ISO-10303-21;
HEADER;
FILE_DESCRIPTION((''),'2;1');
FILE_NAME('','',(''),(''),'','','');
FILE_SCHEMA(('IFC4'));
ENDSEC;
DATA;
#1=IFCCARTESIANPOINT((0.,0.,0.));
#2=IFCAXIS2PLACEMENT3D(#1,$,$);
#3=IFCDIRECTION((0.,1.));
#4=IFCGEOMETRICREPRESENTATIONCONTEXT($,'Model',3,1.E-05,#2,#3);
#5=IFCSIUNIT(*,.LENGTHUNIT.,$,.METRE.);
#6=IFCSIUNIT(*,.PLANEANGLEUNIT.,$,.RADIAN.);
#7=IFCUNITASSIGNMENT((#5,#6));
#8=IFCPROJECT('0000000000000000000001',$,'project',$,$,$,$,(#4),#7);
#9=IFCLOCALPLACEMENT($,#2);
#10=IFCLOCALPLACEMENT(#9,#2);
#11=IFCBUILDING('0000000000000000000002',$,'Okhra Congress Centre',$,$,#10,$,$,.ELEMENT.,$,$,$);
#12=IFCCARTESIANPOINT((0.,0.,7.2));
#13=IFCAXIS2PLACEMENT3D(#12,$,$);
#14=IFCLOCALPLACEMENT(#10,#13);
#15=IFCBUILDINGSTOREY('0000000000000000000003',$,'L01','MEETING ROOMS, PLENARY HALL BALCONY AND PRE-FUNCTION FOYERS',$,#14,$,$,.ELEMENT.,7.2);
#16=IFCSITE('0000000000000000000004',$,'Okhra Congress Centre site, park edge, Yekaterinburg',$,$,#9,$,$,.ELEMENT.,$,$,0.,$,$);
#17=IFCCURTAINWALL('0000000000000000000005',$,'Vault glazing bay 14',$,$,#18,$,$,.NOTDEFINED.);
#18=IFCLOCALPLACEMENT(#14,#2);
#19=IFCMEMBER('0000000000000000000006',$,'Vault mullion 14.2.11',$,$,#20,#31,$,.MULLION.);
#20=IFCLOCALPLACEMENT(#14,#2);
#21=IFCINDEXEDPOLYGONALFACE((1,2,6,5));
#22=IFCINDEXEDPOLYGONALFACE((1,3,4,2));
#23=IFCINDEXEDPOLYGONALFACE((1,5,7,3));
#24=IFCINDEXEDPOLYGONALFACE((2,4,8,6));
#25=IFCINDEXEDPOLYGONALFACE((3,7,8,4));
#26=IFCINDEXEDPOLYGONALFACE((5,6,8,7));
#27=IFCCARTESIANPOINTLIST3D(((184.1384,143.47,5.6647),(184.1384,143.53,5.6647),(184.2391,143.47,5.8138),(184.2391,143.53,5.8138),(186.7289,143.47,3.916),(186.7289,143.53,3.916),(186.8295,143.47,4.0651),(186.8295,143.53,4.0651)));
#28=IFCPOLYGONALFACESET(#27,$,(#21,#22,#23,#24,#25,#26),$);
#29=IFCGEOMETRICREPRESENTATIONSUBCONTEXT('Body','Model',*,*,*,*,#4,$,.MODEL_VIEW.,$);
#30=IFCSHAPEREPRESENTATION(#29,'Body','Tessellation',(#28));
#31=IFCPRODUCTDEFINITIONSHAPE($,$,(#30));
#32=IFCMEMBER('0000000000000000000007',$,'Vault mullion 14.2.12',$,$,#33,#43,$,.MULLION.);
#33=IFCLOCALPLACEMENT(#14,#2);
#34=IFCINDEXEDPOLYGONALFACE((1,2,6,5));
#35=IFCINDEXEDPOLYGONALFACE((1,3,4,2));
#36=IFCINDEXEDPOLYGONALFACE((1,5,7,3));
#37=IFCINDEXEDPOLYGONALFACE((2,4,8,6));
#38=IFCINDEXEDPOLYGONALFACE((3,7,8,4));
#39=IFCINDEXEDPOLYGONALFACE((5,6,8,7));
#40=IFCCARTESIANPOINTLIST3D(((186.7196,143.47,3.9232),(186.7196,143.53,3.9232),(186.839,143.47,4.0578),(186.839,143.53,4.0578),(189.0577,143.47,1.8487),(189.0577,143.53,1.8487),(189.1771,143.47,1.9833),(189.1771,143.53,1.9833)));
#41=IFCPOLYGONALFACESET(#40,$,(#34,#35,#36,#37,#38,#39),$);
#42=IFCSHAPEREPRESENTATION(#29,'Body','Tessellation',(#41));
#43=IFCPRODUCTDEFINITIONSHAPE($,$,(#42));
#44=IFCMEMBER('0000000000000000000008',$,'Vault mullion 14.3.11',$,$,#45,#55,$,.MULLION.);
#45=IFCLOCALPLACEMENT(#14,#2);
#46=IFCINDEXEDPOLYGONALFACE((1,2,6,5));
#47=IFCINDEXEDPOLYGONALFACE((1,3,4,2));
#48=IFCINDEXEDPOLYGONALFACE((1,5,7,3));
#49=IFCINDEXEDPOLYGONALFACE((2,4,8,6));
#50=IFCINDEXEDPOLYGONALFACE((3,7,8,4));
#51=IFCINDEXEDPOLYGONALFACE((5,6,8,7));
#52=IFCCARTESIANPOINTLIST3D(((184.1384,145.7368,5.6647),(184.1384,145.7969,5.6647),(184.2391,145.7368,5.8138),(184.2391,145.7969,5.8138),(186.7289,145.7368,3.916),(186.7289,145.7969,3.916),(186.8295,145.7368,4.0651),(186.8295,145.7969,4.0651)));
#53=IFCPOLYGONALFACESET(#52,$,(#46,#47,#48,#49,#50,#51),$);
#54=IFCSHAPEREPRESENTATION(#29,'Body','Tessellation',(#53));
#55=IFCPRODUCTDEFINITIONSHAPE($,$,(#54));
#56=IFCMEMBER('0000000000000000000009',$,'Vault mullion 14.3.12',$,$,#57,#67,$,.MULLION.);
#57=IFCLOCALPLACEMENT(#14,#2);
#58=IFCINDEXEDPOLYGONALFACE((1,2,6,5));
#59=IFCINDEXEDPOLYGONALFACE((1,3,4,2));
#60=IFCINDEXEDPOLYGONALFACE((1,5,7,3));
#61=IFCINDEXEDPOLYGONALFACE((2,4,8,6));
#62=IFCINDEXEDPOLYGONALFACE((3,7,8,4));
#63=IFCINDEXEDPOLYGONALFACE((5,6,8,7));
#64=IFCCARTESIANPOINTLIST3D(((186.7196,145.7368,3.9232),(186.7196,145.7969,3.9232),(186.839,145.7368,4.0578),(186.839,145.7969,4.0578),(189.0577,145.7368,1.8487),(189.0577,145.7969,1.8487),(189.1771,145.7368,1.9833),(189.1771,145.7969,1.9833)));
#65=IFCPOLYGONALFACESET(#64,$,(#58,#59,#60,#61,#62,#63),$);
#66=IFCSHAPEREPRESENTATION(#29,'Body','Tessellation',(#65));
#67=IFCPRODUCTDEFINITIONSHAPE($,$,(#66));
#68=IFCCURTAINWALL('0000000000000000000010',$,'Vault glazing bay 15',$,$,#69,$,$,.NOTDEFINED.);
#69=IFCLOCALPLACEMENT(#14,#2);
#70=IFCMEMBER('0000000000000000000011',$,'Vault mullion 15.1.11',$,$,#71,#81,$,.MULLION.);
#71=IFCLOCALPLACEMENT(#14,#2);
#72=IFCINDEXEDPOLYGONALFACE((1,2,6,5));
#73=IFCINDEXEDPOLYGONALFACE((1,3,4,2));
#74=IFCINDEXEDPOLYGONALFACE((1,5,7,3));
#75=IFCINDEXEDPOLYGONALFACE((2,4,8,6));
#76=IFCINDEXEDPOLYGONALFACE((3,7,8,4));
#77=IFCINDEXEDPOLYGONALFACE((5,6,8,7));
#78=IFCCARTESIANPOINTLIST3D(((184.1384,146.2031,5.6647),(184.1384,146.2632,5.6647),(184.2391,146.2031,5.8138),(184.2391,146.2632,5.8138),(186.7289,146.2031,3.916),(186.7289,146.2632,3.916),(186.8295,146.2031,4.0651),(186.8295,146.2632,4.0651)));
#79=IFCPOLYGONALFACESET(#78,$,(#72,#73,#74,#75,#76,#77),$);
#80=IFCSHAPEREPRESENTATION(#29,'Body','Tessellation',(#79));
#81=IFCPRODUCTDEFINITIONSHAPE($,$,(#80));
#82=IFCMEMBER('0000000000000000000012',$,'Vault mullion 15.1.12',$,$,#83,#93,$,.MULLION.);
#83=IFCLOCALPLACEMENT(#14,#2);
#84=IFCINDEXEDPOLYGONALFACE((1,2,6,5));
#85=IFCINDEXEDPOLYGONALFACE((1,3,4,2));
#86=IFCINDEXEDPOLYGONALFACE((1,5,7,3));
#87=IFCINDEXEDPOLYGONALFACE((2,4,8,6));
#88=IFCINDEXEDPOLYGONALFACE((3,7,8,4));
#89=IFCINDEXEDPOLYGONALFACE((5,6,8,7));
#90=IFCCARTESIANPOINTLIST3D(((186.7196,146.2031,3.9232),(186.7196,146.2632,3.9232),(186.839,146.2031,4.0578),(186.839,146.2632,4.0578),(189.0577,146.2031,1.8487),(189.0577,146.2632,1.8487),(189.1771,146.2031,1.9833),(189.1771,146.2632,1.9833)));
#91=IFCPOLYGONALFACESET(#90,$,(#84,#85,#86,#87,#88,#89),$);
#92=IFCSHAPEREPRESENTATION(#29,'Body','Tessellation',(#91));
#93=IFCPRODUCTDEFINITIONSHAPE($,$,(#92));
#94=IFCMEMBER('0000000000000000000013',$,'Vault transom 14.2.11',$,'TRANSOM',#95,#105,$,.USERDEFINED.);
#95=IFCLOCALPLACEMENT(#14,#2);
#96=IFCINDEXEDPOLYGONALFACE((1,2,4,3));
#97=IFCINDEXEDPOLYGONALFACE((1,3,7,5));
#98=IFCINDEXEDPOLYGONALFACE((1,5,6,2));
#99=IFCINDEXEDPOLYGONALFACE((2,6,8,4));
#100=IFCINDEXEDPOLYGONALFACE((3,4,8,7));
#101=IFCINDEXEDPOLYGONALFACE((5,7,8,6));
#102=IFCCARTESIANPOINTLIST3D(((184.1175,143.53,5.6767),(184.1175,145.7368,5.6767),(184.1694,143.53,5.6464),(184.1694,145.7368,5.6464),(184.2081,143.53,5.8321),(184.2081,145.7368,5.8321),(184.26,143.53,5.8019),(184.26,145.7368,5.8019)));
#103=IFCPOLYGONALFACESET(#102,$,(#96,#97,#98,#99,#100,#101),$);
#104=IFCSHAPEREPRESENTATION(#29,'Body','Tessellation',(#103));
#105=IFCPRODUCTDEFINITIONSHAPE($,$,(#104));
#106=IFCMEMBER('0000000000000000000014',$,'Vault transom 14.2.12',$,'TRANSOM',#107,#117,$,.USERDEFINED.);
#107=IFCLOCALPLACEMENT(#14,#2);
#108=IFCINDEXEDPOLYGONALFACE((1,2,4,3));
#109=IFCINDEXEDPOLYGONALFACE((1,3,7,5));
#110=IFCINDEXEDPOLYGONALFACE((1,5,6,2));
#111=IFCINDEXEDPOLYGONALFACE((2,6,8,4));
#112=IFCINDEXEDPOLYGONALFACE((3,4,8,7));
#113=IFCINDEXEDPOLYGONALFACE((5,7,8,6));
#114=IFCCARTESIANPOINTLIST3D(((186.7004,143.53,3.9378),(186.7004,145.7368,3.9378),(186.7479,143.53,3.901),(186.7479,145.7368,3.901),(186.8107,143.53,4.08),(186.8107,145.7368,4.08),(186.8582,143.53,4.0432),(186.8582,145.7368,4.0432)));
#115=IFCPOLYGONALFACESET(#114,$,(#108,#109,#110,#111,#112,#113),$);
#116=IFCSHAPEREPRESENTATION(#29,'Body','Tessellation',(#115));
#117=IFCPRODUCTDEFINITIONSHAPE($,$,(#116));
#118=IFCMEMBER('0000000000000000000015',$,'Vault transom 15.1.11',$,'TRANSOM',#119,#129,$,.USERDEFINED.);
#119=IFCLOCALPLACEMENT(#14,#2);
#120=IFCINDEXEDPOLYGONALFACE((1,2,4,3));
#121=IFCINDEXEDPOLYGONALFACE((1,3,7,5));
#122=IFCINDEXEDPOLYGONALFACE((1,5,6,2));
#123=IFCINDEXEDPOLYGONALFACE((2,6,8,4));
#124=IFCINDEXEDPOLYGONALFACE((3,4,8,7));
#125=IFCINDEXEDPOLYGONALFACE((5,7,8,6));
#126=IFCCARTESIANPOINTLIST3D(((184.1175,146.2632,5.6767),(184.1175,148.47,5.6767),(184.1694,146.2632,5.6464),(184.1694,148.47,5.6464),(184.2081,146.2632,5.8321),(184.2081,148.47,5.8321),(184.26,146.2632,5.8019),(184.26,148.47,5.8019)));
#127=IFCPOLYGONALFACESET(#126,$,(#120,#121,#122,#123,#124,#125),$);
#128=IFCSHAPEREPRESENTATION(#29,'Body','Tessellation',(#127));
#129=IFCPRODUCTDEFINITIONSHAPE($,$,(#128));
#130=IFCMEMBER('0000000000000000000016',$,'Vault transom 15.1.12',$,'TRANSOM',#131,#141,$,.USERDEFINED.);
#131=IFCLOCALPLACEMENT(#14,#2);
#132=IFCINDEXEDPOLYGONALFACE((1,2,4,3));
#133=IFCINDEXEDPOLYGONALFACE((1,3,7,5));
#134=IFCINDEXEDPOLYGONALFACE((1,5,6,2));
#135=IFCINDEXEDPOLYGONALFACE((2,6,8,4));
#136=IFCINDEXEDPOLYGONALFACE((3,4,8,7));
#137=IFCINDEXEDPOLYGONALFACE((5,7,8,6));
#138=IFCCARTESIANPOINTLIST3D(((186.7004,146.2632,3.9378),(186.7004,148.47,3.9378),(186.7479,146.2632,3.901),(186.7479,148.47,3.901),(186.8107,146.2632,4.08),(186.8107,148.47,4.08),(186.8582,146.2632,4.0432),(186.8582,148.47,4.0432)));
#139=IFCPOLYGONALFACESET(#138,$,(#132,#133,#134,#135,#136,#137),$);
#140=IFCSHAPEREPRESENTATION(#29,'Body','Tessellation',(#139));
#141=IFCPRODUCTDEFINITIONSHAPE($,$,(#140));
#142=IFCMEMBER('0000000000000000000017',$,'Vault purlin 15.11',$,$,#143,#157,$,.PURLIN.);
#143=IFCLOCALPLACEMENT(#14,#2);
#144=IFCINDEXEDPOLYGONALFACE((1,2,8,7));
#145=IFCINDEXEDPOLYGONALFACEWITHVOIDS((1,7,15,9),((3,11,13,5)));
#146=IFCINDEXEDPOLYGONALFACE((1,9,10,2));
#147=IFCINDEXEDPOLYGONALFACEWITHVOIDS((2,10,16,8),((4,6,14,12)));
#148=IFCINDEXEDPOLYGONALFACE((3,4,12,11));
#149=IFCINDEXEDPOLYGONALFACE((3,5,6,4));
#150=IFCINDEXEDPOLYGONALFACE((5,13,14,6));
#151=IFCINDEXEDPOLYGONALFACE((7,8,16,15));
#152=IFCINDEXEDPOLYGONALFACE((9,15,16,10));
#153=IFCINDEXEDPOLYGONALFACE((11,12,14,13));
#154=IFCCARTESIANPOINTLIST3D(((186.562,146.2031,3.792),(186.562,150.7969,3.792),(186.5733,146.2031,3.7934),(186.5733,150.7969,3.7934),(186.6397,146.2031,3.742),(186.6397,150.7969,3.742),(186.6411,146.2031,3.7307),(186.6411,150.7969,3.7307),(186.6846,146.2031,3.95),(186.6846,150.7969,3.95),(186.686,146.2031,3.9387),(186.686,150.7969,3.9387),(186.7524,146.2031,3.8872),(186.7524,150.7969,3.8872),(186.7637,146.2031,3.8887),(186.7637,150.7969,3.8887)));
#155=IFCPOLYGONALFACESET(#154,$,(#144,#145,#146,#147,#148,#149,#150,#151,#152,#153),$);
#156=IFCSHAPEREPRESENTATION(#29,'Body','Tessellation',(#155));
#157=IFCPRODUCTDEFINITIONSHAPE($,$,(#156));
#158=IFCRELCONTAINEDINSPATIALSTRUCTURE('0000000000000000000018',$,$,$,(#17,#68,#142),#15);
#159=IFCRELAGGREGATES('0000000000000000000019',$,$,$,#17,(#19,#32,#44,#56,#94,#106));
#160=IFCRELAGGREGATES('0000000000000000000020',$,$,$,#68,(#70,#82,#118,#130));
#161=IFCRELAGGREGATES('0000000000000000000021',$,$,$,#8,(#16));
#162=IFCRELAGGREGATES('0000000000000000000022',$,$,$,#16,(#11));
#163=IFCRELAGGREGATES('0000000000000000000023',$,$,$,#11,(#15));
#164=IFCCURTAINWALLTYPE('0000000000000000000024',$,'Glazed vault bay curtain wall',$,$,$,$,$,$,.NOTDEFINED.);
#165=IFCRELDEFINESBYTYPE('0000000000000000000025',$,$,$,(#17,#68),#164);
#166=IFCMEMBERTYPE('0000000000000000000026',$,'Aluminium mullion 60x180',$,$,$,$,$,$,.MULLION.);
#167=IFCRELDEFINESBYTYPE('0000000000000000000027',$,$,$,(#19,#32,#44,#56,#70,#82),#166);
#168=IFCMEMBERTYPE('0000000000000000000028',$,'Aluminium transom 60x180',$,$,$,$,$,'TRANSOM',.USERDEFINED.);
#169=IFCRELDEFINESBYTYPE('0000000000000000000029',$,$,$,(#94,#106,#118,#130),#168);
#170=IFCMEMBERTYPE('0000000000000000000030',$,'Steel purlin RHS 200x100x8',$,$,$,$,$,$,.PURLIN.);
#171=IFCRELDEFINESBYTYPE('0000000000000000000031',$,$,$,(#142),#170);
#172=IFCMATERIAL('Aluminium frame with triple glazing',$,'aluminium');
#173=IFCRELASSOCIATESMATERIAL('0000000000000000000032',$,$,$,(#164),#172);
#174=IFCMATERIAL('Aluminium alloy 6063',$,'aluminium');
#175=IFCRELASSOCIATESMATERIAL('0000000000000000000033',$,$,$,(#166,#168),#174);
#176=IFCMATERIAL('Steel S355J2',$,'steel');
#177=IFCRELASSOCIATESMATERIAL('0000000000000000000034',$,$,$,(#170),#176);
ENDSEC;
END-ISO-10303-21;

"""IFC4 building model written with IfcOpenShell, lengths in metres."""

from ifc_helpers import new_model, si_unit, direction, frame, origin, origin_2d, place, context, subcontext, project, spatial, rectangle, hollow_rectangle, extrude, material, material_profile, profile_set, type_object, element, aggregate, save


model = new_model("IFC4")

# Units and contexts
model_context = context("Model", 3, precision=1e-05, world=origin(), true_north=direction((0.0, 1.0)))
body_context = subcontext(model_context, "Body", "Model", "MODEL_VIEW")
ifc_project = project(units=[si_unit("LENGTHUNIT", "METRE"), si_unit("PLANEANGLEUNIT", "RADIAN")], contexts=[model_context])

# Site, building, storey
site_placement = place(None, origin())
site = spatial("IfcSite", under=ifc_project, at=site_placement, Name="Okhra Congress Centre site, park edge, Yekaterinburg", CompositionType="ELEMENT", RefElevation=0.0)
building_placement = place(site_placement, origin())
building = spatial("IfcBuilding", under=site, at=building_placement, Name="Okhra Congress Centre", CompositionType="ELEMENT")
storey_placement = place(building_placement, frame((0.0, 0.0, 7.2)))
storey = spatial("IfcBuildingStorey", under=building, at=storey_placement, Name="L01", Description="MEETING ROOMS, PLENARY HALL BALCONY AND PRE-FUNCTION FOYERS", CompositionType="ELEMENT", Elevation=7.2)

# Curtain walls, members
ifc_material_1 = material(Name="Aluminium frame with triple glazing", Category="aluminium")
curtain_wall_type = type_object("IfcCurtainWallType", Name="Glazed vault bay curtain wall", PredefinedType="NOTDEFINED", material=ifc_material_1)
curtain_wall_1_placement = place(storey_placement, origin())
curtain_wall_1 = element("IfcCurtainWall", 1, at=curtain_wall_1_placement, inside=storey, type_object=curtain_wall_type, Name="Vault glazing bay 14", PredefinedType="NOTDEFINED")
ifc_material_2 = material(Name="Aluminium alloy 6063", Category="aluminium")
ifc_material_profile_1 = material_profile(ifc_material_2, rectangle(XDim=0.0601, YDim=0.1799, at=origin_2d()), Name="AL 60x180")
ifc_profile_set_1 = profile_set([ifc_material_profile_1], Name="Aluminium alloy 6063")
member_type_1 = type_object("IfcMemberType", Name="Aluminium mullion 60x180", PredefinedType="MULLION", material=ifc_profile_set_1)
member_1_placement = place(storey_placement, frame((184.1887, 143.5, 5.7393), z_axis=(0.828828, 0.0, -0.559504), x_axis=(0.0, 1.0, 0.0)))
member_1 = element("IfcMember", 2, at=member_1_placement, type_object=member_type_1, Name="Vault mullion 14.2.11", PredefinedType="MULLION", context=body_context, shape_type="SweptSolid", body=[
    extrude(rectangle(XDim=0.0601, YDim=0.1799, at=origin_2d()), origin(), (0.0, 0.0, 1.0), 3.1255),
])
member_2_placement = place(storey_placement, frame((186.7793, 143.5, 3.9905), z_axis=(0.748025, 0.0, -0.66367), x_axis=(0.0, 1.0, 0.0)))
member_2 = element("IfcMember", 3, at=member_2_placement, type_object=member_type_1, Name="Vault mullion 14.2.12", PredefinedType="MULLION", context=body_context, shape_type="SweptSolid", body=[
    extrude(rectangle(XDim=0.0601, YDim=0.1799, at=origin_2d()), origin(), (0.0, 0.0, 1.0), 3.1257),
])
member_3_placement = place(storey_placement, frame((184.1887, 145.7668, 5.7393), z_axis=(0.828828, 0.0, -0.559504), x_axis=(0.0, 1.0, 0.0)))
member_3 = element("IfcMember", 4, at=member_3_placement, type_object=member_type_1, Name="Vault mullion 14.3.11", PredefinedType="MULLION", context=body_context, shape_type="SweptSolid", body=[
    extrude(rectangle(XDim=0.0601, YDim=0.1799, at=origin_2d()), origin(), (0.0, 0.0, 1.0), 3.1255),
])
member_4_placement = place(storey_placement, frame((186.7793, 145.7668, 3.9905), z_axis=(0.748025, 0.0, -0.66367), x_axis=(0.0, 1.0, 0.0)))
member_4 = element("IfcMember", 5, at=member_4_placement, type_object=member_type_1, Name="Vault mullion 14.3.12", PredefinedType="MULLION", context=body_context, shape_type="SweptSolid", body=[
    extrude(rectangle(XDim=0.0601, YDim=0.1799, at=origin_2d()), origin(), (0.0, 0.0, 1.0), 3.1257),
])
curtain_wall_2_placement = place(storey_placement, origin())
curtain_wall_2 = element("IfcCurtainWall", 6, at=curtain_wall_2_placement, inside=storey, type_object=curtain_wall_type, Name="Vault glazing bay 15", PredefinedType="NOTDEFINED")
member_5_placement = place(storey_placement, frame((184.1887, 146.2332, 5.7393), z_axis=(0.828828, 0.0, -0.559504), x_axis=(0.0, 1.0, 0.0)))
member_5 = element("IfcMember", 7, at=member_5_placement, type_object=member_type_1, Name="Vault mullion 15.1.11", PredefinedType="MULLION", context=body_context, shape_type="SweptSolid", body=[
    extrude(rectangle(XDim=0.0601, YDim=0.1799, at=origin_2d()), origin(), (0.0, 0.0, 1.0), 3.1255),
])
member_6_placement = place(storey_placement, frame((186.7793, 146.2332, 3.9905), z_axis=(0.748025, 0.0, -0.66367), x_axis=(0.0, 1.0, 0.0)))
member_6 = element("IfcMember", 8, at=member_6_placement, type_object=member_type_1, Name="Vault mullion 15.1.12", PredefinedType="MULLION", context=body_context, shape_type="SweptSolid", body=[
    extrude(rectangle(XDim=0.0601, YDim=0.1799, at=origin_2d()), origin(), (0.0, 0.0, 1.0), 3.1257),
])

# Members
ifc_material_profile_2 = material_profile(ifc_material_2, rectangle(XDim=0.0601, YDim=0.1799, at=origin_2d()), Name="AL 60x180 transom")
ifc_profile_set_2 = profile_set([ifc_material_profile_2], Name="Aluminium alloy 6063")
member_type_2 = type_object("IfcMemberType", Name="Aluminium transom 60x180", ElementType="TRANSOM", PredefinedType="USERDEFINED", material=ifc_profile_set_2)
member_7_placement = place(storey_placement, frame((184.1887, 143.53, 5.7393), z_axis=(0.0, 1.0, 0.0), x_axis=(-0.863917, 0.0, 0.503634)))
member_7 = element("IfcMember", 9, at=member_7_placement, type_object=member_type_2, Name="Vault transom 14.2.11", ObjectType="TRANSOM", PredefinedType="USERDEFINED", context=body_context, shape_type="SweptSolid", body=[
    extrude(rectangle(XDim=0.0601, YDim=0.1799, at=origin_2d()), origin(), (0.0, 0.0, 1.0), 2.2068),
])
member_8_placement = place(storey_placement, frame((186.7793, 143.53, 3.9905), z_axis=(0.0, 1.0, 0.0), x_axis=(-0.790145, 0.0, 0.61292)))
member_8 = element("IfcMember", 10, at=member_8_placement, type_object=member_type_2, Name="Vault transom 14.2.12", ObjectType="TRANSOM", PredefinedType="USERDEFINED", context=body_context, shape_type="SweptSolid", body=[
    extrude(rectangle(XDim=0.0601, YDim=0.1799, at=origin_2d()), origin(), (0.0, 0.0, 1.0), 2.2068),
])
member_9_placement = place(storey_placement, frame((184.1887, 146.2632, 5.7393), z_axis=(0.0, 1.0, 0.0), x_axis=(-0.863917, 0.0, 0.503634)))
member_9 = element("IfcMember", 11, at=member_9_placement, type_object=member_type_2, Name="Vault transom 15.1.11", ObjectType="TRANSOM", PredefinedType="USERDEFINED", context=body_context, shape_type="SweptSolid", body=[
    extrude(rectangle(XDim=0.0601, YDim=0.1799, at=origin_2d()), origin(), (0.0, 0.0, 1.0), 2.2068),
])
member_10_placement = place(storey_placement, frame((186.7793, 146.2632, 3.9905), z_axis=(0.0, 1.0, 0.0), x_axis=(-0.790145, 0.0, 0.61292)))
member_10 = element("IfcMember", 12, at=member_10_placement, type_object=member_type_2, Name="Vault transom 15.1.12", ObjectType="TRANSOM", PredefinedType="USERDEFINED", context=body_context, shape_type="SweptSolid", body=[
    extrude(rectangle(XDim=0.0601, YDim=0.1799, at=origin_2d()), origin(), (0.0, 0.0, 1.0), 2.2068),
])

# Member
ifc_material_3 = material(Name="Steel S355J2", Category="steel")
ifc_material_profile_3 = material_profile(ifc_material_3, hollow_rectangle(XDim=0.1001, YDim=0.2, WallThickness=0.0081, at=origin_2d()), Name="RHS 200x100x8")
ifc_profile_set_3 = profile_set([ifc_material_profile_3], Name="Steel S355J2")
member_type_3 = type_object("IfcMemberType", Name="Steel purlin RHS 200x100x8", PredefinedType="PURLIN", material=ifc_profile_set_3)
member_11_placement = place(storey_placement, frame((186.6628, 146.2031, 3.8403), z_axis=(0.0, 1.0, 0.0), x_axis=(-0.790145, 0.0, 0.61292)))
element("IfcMember", 13, at=member_11_placement, inside=storey, type_object=member_type_3, Name="Vault purlin 15.11", PredefinedType="PURLIN", context=body_context, shape_type="SweptSolid", body=[
    extrude(hollow_rectangle(XDim=0.1001, YDim=0.2, WallThickness=0.0081, at=origin_2d()), origin(), (0.0, 0.0, 1.0), 4.5938),
])

aggregate(curtain_wall_1, [member_1, member_2, member_3, member_4, member_7, member_8])
aggregate(curtain_wall_2, [member_5, member_6, member_9, member_10])

save(model, "model.ifc")
